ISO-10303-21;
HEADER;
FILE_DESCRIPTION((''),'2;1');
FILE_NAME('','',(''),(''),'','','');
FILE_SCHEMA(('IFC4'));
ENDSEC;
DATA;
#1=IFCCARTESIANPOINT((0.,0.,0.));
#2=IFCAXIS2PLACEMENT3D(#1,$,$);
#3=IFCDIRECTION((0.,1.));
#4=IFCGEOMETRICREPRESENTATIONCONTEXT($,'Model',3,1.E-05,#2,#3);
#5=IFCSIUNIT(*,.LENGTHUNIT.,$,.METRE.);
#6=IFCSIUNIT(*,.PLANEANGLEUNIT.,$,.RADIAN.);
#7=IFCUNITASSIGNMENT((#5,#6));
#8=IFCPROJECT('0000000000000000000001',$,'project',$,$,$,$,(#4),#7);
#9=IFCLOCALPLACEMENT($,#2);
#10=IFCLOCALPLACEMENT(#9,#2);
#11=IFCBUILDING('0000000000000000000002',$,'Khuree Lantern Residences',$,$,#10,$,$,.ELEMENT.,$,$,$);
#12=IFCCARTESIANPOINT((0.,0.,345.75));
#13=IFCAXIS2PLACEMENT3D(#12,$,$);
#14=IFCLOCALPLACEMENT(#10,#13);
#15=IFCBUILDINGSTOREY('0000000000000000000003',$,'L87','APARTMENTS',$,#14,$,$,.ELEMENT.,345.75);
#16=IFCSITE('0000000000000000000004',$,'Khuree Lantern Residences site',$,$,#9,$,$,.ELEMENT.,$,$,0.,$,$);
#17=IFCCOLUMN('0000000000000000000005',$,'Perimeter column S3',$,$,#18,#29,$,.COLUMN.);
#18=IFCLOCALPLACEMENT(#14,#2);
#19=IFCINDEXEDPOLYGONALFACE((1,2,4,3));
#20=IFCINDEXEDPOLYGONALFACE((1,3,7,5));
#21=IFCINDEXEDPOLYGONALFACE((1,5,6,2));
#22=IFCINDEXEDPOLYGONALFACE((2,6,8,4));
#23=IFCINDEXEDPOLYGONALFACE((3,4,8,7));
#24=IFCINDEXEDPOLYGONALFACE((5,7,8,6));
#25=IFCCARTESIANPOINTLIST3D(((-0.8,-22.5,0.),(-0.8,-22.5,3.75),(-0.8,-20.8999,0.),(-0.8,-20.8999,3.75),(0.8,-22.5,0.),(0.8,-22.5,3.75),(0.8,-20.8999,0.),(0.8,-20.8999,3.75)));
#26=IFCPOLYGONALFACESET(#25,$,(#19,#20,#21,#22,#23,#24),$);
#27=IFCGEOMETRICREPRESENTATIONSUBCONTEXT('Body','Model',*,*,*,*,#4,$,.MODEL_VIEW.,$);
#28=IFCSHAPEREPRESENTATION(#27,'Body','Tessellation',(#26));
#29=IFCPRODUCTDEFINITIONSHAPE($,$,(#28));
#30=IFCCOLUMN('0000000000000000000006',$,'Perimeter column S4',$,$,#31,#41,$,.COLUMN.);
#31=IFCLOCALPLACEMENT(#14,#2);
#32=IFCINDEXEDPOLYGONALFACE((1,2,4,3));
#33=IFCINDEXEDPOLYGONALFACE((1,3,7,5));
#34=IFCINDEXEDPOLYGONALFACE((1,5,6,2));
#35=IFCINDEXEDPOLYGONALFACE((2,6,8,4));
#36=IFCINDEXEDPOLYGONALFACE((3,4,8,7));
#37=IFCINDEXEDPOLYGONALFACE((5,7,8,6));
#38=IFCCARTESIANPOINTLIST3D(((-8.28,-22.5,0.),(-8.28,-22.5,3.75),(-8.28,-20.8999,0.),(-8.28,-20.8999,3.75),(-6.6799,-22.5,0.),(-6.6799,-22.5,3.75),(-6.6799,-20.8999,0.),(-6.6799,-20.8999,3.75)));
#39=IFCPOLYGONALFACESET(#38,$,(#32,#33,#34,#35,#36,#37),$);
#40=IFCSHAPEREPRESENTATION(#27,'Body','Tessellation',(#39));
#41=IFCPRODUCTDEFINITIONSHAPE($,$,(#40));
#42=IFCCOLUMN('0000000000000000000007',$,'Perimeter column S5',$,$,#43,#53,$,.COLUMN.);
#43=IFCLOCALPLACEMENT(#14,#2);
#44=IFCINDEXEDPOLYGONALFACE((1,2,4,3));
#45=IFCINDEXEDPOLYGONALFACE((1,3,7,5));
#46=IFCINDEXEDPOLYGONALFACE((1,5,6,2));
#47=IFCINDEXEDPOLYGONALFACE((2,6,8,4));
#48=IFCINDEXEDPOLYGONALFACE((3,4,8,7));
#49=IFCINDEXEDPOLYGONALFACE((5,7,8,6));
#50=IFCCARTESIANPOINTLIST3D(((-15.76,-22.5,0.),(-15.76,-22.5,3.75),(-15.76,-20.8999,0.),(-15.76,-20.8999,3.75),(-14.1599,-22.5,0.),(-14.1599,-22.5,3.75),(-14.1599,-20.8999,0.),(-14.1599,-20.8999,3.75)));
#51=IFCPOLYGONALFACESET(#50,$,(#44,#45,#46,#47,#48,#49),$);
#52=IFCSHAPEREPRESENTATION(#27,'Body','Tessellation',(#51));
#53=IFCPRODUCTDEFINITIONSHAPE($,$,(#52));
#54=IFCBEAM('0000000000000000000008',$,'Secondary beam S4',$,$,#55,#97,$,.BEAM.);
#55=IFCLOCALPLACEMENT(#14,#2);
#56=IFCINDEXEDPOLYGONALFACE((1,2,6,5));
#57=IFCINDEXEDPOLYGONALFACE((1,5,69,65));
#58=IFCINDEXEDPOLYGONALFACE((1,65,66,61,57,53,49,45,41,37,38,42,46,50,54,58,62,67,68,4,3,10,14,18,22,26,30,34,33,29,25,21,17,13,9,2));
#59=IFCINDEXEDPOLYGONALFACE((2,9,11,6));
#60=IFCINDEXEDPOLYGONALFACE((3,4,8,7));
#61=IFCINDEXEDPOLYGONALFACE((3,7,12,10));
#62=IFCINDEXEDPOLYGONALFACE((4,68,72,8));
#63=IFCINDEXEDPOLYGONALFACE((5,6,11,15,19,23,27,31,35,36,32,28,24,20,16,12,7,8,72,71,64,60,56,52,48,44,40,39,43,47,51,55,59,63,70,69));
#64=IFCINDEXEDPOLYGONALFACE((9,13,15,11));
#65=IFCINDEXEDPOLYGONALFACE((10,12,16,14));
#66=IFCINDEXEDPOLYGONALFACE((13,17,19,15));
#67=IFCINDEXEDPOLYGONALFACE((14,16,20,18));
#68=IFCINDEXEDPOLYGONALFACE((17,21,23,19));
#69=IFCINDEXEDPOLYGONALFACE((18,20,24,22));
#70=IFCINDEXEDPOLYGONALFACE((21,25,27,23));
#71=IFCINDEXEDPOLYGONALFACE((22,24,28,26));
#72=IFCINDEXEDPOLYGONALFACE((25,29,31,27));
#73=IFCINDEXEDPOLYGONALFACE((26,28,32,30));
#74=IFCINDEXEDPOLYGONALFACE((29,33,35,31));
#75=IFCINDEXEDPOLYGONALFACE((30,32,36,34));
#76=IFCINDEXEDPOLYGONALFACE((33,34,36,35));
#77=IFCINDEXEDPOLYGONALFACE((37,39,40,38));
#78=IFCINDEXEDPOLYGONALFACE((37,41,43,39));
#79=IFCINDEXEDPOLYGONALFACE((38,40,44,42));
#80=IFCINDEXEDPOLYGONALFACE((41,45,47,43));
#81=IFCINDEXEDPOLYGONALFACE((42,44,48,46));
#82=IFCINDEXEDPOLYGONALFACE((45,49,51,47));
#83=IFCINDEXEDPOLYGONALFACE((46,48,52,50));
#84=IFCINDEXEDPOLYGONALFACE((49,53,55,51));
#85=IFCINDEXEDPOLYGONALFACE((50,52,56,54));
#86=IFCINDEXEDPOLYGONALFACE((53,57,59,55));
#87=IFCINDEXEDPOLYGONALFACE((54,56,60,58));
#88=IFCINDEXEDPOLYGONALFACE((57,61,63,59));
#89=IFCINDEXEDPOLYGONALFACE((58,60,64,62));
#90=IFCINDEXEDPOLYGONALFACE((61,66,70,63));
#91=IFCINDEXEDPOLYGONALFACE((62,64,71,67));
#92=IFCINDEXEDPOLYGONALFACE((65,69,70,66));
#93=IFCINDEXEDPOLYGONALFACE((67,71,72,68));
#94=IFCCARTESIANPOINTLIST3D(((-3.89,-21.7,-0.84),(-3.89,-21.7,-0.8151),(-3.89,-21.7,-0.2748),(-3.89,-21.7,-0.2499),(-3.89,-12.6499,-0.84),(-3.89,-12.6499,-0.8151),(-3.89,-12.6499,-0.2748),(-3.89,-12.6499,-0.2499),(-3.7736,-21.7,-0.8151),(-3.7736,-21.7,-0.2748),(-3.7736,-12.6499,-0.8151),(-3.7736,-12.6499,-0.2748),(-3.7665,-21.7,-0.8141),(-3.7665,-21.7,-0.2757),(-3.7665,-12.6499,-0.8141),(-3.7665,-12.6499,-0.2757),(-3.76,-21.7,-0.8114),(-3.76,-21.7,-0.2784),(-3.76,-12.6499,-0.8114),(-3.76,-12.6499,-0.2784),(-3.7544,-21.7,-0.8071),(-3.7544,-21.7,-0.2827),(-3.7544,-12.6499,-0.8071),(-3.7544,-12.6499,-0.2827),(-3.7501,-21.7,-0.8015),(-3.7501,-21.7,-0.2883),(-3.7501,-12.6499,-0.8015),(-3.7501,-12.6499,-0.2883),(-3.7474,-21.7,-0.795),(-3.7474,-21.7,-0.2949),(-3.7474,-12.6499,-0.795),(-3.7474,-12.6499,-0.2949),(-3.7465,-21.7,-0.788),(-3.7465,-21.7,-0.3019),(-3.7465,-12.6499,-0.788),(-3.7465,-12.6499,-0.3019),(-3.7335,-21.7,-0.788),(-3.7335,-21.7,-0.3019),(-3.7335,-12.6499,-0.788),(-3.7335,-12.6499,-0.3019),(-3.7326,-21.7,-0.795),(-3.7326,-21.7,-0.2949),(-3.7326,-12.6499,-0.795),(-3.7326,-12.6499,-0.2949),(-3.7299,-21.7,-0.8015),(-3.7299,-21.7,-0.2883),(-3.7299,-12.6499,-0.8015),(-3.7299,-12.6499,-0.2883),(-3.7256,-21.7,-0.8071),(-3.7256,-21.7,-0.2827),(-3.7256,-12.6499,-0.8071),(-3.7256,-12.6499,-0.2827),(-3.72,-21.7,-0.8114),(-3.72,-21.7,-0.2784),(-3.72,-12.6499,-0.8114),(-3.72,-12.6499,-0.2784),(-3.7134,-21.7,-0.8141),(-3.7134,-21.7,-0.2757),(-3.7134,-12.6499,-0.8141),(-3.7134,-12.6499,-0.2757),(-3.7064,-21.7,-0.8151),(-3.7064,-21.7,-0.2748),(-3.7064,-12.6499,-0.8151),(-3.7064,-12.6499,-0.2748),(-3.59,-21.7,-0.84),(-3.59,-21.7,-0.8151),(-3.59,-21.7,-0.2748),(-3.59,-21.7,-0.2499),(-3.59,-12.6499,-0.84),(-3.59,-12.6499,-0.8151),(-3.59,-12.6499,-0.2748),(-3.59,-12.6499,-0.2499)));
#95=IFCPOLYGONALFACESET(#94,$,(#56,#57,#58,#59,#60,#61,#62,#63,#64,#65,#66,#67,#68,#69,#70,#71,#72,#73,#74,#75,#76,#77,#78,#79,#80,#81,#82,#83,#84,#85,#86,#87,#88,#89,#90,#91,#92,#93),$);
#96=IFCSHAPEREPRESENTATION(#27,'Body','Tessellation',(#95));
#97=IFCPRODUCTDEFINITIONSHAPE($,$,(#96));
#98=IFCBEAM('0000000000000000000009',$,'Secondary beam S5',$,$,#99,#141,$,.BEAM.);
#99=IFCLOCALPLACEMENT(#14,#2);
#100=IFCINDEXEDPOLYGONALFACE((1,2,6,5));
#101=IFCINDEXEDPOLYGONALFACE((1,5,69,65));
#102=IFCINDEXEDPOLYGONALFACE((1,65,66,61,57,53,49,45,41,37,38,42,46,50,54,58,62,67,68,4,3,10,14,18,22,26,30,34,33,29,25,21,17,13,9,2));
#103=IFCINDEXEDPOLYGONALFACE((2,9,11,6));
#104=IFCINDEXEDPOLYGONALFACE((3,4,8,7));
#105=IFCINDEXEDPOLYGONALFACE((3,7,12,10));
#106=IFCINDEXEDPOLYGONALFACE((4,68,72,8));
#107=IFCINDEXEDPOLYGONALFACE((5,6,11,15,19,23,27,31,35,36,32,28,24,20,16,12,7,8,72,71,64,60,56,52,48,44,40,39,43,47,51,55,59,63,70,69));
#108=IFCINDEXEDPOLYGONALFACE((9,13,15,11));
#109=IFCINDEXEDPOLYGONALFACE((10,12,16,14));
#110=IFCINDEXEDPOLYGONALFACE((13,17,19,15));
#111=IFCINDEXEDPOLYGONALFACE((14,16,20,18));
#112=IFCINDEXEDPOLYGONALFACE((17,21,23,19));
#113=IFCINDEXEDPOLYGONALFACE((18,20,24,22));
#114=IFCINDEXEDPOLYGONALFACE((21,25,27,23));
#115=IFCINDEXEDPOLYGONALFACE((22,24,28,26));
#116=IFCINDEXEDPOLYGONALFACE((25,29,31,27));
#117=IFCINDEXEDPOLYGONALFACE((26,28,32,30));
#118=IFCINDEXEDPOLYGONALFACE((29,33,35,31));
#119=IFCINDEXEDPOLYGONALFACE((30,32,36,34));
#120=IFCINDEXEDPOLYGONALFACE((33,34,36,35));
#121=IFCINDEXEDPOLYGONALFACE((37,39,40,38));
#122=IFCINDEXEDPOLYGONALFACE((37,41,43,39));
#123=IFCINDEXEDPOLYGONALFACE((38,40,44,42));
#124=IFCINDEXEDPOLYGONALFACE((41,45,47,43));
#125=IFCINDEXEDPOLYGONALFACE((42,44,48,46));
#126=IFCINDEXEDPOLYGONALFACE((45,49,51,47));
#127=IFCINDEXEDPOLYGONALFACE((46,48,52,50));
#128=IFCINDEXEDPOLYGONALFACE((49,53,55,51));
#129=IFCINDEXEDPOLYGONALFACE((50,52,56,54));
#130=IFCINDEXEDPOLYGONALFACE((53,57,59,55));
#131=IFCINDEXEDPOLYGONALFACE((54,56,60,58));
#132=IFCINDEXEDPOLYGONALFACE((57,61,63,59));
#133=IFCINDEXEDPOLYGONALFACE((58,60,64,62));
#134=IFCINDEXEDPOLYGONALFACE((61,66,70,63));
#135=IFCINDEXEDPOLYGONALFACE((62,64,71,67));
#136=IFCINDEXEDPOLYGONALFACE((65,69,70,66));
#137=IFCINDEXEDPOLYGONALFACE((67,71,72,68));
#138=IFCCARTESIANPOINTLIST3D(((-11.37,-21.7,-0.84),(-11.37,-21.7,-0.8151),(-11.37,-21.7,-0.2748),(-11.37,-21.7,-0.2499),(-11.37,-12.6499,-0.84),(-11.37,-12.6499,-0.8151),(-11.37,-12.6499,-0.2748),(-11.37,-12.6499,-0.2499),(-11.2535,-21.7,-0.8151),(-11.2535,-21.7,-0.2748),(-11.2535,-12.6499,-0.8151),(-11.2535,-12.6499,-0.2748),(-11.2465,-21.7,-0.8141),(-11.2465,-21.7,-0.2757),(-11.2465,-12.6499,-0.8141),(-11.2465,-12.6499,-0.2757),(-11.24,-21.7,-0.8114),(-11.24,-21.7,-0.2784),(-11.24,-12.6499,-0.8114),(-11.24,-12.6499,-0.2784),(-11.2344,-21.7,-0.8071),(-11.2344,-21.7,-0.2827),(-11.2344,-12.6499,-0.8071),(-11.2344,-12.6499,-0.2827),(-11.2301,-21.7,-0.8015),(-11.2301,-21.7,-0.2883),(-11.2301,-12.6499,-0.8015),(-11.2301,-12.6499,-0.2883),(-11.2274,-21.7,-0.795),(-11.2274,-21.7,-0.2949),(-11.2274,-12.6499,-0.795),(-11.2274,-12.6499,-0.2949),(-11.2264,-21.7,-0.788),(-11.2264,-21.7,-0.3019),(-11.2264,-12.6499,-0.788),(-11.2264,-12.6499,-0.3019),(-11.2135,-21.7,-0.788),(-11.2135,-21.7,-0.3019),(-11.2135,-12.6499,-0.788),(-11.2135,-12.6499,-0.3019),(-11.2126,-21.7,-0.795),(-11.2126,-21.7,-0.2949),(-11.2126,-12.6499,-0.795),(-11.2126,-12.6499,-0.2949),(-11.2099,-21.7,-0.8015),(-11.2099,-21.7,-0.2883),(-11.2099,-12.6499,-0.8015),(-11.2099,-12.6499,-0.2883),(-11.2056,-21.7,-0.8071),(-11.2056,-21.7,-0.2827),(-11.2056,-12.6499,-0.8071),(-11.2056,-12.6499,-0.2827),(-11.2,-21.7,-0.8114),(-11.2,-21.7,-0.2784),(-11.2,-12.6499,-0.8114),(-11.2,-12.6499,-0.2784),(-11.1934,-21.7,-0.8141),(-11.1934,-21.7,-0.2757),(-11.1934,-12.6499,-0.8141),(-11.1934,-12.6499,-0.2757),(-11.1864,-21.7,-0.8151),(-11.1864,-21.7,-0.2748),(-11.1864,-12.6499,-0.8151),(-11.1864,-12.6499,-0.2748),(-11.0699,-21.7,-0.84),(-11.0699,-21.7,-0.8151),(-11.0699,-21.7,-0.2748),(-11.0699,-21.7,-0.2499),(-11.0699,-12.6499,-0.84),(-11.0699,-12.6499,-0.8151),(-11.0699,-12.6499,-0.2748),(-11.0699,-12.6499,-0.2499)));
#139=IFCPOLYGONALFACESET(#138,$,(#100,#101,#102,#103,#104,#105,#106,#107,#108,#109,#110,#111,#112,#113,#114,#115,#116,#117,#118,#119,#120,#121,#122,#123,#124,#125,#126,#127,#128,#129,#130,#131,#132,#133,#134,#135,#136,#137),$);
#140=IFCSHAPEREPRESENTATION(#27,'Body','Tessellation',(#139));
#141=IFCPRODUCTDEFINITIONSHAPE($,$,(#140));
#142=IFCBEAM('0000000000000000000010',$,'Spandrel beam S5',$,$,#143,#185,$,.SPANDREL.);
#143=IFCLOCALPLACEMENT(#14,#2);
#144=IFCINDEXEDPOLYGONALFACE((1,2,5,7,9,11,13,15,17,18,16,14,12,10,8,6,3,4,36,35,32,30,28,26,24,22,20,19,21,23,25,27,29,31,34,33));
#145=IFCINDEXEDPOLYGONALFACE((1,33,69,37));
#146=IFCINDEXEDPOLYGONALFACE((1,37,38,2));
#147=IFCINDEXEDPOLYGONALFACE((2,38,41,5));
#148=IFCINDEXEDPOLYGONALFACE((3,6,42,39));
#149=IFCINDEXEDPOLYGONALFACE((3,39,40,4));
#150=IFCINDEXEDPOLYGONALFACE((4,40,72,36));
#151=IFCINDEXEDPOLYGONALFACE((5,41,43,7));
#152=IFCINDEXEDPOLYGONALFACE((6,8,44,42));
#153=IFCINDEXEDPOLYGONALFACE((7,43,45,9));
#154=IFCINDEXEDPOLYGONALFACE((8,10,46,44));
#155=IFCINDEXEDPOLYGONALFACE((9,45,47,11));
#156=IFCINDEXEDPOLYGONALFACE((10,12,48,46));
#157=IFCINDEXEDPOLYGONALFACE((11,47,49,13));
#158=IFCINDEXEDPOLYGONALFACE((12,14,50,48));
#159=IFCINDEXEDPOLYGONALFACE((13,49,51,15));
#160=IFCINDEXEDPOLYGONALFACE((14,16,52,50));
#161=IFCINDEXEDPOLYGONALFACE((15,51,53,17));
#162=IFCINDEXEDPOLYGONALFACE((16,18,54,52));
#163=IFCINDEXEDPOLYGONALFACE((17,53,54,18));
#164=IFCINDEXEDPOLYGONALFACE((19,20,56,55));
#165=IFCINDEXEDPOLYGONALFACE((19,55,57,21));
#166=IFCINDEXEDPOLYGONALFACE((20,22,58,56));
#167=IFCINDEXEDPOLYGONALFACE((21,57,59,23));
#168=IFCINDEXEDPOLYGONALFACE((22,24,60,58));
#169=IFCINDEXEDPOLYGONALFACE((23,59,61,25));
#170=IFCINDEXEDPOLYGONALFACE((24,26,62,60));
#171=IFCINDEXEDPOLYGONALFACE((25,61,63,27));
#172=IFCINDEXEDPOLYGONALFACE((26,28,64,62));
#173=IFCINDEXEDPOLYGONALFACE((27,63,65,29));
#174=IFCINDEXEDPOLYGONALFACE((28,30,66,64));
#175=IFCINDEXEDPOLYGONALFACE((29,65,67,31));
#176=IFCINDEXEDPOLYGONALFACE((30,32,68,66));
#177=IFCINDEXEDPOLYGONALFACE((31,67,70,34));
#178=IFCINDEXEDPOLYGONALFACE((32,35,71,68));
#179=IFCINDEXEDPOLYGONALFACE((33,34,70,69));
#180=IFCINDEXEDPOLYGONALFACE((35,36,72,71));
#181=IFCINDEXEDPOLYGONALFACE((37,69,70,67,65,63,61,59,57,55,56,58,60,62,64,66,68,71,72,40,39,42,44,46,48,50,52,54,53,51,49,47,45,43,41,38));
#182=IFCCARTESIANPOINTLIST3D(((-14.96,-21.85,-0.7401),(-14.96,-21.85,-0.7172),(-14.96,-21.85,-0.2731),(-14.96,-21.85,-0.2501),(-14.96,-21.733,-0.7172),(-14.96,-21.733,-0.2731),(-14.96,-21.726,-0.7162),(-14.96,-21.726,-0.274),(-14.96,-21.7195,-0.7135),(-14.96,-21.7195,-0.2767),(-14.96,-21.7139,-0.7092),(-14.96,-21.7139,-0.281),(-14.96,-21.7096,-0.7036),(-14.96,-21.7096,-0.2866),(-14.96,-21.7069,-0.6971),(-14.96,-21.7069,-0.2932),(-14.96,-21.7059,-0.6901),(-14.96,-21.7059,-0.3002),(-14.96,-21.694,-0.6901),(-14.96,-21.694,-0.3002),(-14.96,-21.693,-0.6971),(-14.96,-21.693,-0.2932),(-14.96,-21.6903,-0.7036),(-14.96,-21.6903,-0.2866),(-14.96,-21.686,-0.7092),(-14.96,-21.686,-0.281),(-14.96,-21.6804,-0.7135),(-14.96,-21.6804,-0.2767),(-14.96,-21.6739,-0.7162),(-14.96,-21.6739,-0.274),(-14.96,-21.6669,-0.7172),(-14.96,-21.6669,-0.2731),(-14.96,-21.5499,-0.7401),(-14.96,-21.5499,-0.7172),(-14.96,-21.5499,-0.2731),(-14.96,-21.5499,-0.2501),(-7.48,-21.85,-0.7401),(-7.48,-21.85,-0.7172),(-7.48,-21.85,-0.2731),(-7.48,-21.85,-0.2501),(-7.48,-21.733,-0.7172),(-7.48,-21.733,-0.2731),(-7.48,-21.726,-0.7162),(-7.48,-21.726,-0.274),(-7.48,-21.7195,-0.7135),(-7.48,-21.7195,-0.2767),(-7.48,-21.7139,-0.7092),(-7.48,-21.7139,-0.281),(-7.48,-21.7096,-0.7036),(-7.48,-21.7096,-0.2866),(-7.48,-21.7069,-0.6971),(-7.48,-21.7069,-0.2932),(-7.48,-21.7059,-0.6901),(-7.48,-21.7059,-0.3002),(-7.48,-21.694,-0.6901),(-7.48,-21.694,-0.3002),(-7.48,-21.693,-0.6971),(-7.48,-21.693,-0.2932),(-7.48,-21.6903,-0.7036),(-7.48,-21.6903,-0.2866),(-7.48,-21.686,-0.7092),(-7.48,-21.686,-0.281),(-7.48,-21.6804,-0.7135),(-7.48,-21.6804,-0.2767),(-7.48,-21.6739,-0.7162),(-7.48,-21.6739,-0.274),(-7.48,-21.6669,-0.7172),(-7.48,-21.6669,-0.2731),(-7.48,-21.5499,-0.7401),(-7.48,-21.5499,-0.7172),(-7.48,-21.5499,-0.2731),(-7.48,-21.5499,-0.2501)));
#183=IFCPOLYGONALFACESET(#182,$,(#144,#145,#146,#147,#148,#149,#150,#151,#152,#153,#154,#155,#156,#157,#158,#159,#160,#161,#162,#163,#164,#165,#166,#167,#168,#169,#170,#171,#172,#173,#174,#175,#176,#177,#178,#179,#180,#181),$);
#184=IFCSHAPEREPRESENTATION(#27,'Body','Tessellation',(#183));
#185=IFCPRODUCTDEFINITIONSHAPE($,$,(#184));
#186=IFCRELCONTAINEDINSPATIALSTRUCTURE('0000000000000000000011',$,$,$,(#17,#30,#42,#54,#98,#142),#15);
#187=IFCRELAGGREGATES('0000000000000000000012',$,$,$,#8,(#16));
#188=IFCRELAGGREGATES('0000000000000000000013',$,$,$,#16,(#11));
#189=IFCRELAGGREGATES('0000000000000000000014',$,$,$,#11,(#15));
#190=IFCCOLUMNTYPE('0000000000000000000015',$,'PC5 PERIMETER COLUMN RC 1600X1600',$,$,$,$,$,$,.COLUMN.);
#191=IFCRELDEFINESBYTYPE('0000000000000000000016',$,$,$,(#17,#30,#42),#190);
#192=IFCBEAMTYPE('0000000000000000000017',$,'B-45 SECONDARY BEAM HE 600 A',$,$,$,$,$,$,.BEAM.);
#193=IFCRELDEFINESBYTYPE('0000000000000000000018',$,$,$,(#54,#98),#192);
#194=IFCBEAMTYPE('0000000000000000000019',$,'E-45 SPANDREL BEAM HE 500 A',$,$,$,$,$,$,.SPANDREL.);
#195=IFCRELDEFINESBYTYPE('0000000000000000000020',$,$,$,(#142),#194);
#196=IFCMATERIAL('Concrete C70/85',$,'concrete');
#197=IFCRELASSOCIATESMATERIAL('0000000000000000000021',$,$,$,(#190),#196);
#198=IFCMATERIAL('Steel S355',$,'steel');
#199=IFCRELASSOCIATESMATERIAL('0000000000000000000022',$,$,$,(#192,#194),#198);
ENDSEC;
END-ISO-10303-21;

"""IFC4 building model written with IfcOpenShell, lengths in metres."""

from ifc_helpers import new_model, si_unit, direction, frame, origin, origin_2d, place, context, subcontext, project, spatial, rectangle, i_section, extrude, material, material_profile, profile_set, type_object, element, save


model = new_model("IFC4")

# Units and contexts
model_context = context("Model", 3, precision=1e-05, world=origin(), true_north=direction((0.0, 1.0)))
body_context = subcontext(model_context, "Body", "Model", "MODEL_VIEW")
ifc_project = project(units=[si_unit("LENGTHUNIT", "METRE"), si_unit("PLANEANGLEUNIT", "RADIAN")], contexts=[model_context])

# Site, building, storey
site_placement = place(None, origin())
site = spatial("IfcSite", under=ifc_project, at=site_placement, Name="Khuree Lantern Residences site", CompositionType="ELEMENT", RefElevation=0.0)
building_placement = place(site_placement, origin())
building = spatial("IfcBuilding", under=site, at=building_placement, Name="Khuree Lantern Residences", CompositionType="ELEMENT")
storey_placement = place(building_placement, frame((0.0, 0.0, 345.75)))
storey = spatial("IfcBuildingStorey", under=building, at=storey_placement, Name="L87", Description="APARTMENTS", CompositionType="ELEMENT", Elevation=345.75)

# Columns
ifc_material_1 = material(Name="Concrete C70/85", Category="concrete")
ifc_material_profile_1 = material_profile(ifc_material_1, rectangle(XDim=1.6001, YDim=1.6001, at=origin_2d()), Name="RC 1600X1600")
ifc_profile_set_1 = profile_set([ifc_material_profile_1], Name="Concrete C70/85")
column_type = type_object("IfcColumnType", Name="PC5 PERIMETER COLUMN RC 1600X1600", PredefinedType="COLUMN", material=ifc_profile_set_1)
for number, where, z_axis, x_axis, name in (
    (1, (0.0, -21.7, 0.0), (0.0, 0.0, 1.0), (1.0, 0.0, 0.0), "Perimeter column S3"),
    (2, (-7.48, -21.7, 0.0), (0.0, 0.0, 1.0), (1.0, 0.0, 0.0), "Perimeter column S4"),
    (3, (-14.96, -21.7, 0.0), (0.0, 0.0, 1.0), (1.0, 0.0, 0.0), "Perimeter column S5"),
):
    element("IfcColumn", number, at=place(storey_placement, frame(where, z_axis=z_axis, x_axis=x_axis)), inside=storey, type_object=column_type, Name=name, PredefinedType="COLUMN", context=body_context, shape_type="SweptSolid", body=[
        extrude(rectangle(XDim=1.6001, YDim=1.6001, at=origin_2d()), origin(), (0.0, 0.0, 1.0), 3.75),
    ])

# Beams
ifc_material_2 = material(Name="Steel S355", Category="steel")
ifc_material_profile_2 = material_profile(ifc_material_2, i_section(OverallWidth=0.3, OverallDepth=0.5901, WebThickness=0.0129, FlangeThickness=0.0249, FilletRadius=0.0271, at=origin_2d()), Name="HE 600 A")
ifc_profile_set_2 = profile_set([ifc_material_profile_2], Name="Steel S355")
beam_type_1 = type_object("IfcBeamType", Name="B-45 SECONDARY BEAM HE 600 A", PredefinedType="BEAM", material=ifc_profile_set_2)
for number, where, z_axis, x_axis, name in (
    (4, (-3.74, -21.7, -0.5449), (0.0, 1.0, 0.0), (-1.0, 0.0, 0.0), "Secondary beam S4"),
    (5, (-11.22, -21.7, -0.5449), (0.0, 1.0, 0.0), (-1.0, 0.0, 0.0), "Secondary beam S5"),
):
    element("IfcBeam", number, at=place(storey_placement, frame(where, z_axis=z_axis, x_axis=x_axis)), inside=storey, type_object=beam_type_1, Name=name, PredefinedType="BEAM", context=body_context, shape_type="SweptSolid", body=[
        extrude(i_section(OverallWidth=0.3, OverallDepth=0.5901, WebThickness=0.0129, FlangeThickness=0.0249, FilletRadius=0.0271, at=origin_2d()), origin(), (0.0, 0.0, 1.0), 9.05),
    ])
ifc_material_profile_3 = material_profile(ifc_material_2, i_section(OverallWidth=0.3, OverallDepth=0.49, WebThickness=0.012, FlangeThickness=0.0229, FilletRadius=0.0271, at=origin_2d()), Name="HE 500 A")
ifc_profile_set_3 = profile_set([ifc_material_profile_3], Name="Steel S355")
beam_type_2 = type_object("IfcBeamType", Name="E-45 SPANDREL BEAM HE 500 A", PredefinedType="SPANDREL", material=ifc_profile_set_3)
beam_1_placement = place(storey_placement, frame((-7.48, -21.7, -0.4951), z_axis=(-1.0, 0.0, 0.0), x_axis=(0.0, -1.0, 0.0)))
element("IfcBeam", 6, at=beam_1_placement, inside=storey, type_object=beam_type_2, Name="Spandrel beam S5", PredefinedType="SPANDREL", context=body_context, shape_type="SweptSolid", body=[
    extrude(i_section(OverallWidth=0.3, OverallDepth=0.49, WebThickness=0.012, FlangeThickness=0.0229, FilletRadius=0.0271, at=origin_2d()), origin(), (0.0, 0.0, 1.0), 7.48),
])

save(model, "model.ifc")
